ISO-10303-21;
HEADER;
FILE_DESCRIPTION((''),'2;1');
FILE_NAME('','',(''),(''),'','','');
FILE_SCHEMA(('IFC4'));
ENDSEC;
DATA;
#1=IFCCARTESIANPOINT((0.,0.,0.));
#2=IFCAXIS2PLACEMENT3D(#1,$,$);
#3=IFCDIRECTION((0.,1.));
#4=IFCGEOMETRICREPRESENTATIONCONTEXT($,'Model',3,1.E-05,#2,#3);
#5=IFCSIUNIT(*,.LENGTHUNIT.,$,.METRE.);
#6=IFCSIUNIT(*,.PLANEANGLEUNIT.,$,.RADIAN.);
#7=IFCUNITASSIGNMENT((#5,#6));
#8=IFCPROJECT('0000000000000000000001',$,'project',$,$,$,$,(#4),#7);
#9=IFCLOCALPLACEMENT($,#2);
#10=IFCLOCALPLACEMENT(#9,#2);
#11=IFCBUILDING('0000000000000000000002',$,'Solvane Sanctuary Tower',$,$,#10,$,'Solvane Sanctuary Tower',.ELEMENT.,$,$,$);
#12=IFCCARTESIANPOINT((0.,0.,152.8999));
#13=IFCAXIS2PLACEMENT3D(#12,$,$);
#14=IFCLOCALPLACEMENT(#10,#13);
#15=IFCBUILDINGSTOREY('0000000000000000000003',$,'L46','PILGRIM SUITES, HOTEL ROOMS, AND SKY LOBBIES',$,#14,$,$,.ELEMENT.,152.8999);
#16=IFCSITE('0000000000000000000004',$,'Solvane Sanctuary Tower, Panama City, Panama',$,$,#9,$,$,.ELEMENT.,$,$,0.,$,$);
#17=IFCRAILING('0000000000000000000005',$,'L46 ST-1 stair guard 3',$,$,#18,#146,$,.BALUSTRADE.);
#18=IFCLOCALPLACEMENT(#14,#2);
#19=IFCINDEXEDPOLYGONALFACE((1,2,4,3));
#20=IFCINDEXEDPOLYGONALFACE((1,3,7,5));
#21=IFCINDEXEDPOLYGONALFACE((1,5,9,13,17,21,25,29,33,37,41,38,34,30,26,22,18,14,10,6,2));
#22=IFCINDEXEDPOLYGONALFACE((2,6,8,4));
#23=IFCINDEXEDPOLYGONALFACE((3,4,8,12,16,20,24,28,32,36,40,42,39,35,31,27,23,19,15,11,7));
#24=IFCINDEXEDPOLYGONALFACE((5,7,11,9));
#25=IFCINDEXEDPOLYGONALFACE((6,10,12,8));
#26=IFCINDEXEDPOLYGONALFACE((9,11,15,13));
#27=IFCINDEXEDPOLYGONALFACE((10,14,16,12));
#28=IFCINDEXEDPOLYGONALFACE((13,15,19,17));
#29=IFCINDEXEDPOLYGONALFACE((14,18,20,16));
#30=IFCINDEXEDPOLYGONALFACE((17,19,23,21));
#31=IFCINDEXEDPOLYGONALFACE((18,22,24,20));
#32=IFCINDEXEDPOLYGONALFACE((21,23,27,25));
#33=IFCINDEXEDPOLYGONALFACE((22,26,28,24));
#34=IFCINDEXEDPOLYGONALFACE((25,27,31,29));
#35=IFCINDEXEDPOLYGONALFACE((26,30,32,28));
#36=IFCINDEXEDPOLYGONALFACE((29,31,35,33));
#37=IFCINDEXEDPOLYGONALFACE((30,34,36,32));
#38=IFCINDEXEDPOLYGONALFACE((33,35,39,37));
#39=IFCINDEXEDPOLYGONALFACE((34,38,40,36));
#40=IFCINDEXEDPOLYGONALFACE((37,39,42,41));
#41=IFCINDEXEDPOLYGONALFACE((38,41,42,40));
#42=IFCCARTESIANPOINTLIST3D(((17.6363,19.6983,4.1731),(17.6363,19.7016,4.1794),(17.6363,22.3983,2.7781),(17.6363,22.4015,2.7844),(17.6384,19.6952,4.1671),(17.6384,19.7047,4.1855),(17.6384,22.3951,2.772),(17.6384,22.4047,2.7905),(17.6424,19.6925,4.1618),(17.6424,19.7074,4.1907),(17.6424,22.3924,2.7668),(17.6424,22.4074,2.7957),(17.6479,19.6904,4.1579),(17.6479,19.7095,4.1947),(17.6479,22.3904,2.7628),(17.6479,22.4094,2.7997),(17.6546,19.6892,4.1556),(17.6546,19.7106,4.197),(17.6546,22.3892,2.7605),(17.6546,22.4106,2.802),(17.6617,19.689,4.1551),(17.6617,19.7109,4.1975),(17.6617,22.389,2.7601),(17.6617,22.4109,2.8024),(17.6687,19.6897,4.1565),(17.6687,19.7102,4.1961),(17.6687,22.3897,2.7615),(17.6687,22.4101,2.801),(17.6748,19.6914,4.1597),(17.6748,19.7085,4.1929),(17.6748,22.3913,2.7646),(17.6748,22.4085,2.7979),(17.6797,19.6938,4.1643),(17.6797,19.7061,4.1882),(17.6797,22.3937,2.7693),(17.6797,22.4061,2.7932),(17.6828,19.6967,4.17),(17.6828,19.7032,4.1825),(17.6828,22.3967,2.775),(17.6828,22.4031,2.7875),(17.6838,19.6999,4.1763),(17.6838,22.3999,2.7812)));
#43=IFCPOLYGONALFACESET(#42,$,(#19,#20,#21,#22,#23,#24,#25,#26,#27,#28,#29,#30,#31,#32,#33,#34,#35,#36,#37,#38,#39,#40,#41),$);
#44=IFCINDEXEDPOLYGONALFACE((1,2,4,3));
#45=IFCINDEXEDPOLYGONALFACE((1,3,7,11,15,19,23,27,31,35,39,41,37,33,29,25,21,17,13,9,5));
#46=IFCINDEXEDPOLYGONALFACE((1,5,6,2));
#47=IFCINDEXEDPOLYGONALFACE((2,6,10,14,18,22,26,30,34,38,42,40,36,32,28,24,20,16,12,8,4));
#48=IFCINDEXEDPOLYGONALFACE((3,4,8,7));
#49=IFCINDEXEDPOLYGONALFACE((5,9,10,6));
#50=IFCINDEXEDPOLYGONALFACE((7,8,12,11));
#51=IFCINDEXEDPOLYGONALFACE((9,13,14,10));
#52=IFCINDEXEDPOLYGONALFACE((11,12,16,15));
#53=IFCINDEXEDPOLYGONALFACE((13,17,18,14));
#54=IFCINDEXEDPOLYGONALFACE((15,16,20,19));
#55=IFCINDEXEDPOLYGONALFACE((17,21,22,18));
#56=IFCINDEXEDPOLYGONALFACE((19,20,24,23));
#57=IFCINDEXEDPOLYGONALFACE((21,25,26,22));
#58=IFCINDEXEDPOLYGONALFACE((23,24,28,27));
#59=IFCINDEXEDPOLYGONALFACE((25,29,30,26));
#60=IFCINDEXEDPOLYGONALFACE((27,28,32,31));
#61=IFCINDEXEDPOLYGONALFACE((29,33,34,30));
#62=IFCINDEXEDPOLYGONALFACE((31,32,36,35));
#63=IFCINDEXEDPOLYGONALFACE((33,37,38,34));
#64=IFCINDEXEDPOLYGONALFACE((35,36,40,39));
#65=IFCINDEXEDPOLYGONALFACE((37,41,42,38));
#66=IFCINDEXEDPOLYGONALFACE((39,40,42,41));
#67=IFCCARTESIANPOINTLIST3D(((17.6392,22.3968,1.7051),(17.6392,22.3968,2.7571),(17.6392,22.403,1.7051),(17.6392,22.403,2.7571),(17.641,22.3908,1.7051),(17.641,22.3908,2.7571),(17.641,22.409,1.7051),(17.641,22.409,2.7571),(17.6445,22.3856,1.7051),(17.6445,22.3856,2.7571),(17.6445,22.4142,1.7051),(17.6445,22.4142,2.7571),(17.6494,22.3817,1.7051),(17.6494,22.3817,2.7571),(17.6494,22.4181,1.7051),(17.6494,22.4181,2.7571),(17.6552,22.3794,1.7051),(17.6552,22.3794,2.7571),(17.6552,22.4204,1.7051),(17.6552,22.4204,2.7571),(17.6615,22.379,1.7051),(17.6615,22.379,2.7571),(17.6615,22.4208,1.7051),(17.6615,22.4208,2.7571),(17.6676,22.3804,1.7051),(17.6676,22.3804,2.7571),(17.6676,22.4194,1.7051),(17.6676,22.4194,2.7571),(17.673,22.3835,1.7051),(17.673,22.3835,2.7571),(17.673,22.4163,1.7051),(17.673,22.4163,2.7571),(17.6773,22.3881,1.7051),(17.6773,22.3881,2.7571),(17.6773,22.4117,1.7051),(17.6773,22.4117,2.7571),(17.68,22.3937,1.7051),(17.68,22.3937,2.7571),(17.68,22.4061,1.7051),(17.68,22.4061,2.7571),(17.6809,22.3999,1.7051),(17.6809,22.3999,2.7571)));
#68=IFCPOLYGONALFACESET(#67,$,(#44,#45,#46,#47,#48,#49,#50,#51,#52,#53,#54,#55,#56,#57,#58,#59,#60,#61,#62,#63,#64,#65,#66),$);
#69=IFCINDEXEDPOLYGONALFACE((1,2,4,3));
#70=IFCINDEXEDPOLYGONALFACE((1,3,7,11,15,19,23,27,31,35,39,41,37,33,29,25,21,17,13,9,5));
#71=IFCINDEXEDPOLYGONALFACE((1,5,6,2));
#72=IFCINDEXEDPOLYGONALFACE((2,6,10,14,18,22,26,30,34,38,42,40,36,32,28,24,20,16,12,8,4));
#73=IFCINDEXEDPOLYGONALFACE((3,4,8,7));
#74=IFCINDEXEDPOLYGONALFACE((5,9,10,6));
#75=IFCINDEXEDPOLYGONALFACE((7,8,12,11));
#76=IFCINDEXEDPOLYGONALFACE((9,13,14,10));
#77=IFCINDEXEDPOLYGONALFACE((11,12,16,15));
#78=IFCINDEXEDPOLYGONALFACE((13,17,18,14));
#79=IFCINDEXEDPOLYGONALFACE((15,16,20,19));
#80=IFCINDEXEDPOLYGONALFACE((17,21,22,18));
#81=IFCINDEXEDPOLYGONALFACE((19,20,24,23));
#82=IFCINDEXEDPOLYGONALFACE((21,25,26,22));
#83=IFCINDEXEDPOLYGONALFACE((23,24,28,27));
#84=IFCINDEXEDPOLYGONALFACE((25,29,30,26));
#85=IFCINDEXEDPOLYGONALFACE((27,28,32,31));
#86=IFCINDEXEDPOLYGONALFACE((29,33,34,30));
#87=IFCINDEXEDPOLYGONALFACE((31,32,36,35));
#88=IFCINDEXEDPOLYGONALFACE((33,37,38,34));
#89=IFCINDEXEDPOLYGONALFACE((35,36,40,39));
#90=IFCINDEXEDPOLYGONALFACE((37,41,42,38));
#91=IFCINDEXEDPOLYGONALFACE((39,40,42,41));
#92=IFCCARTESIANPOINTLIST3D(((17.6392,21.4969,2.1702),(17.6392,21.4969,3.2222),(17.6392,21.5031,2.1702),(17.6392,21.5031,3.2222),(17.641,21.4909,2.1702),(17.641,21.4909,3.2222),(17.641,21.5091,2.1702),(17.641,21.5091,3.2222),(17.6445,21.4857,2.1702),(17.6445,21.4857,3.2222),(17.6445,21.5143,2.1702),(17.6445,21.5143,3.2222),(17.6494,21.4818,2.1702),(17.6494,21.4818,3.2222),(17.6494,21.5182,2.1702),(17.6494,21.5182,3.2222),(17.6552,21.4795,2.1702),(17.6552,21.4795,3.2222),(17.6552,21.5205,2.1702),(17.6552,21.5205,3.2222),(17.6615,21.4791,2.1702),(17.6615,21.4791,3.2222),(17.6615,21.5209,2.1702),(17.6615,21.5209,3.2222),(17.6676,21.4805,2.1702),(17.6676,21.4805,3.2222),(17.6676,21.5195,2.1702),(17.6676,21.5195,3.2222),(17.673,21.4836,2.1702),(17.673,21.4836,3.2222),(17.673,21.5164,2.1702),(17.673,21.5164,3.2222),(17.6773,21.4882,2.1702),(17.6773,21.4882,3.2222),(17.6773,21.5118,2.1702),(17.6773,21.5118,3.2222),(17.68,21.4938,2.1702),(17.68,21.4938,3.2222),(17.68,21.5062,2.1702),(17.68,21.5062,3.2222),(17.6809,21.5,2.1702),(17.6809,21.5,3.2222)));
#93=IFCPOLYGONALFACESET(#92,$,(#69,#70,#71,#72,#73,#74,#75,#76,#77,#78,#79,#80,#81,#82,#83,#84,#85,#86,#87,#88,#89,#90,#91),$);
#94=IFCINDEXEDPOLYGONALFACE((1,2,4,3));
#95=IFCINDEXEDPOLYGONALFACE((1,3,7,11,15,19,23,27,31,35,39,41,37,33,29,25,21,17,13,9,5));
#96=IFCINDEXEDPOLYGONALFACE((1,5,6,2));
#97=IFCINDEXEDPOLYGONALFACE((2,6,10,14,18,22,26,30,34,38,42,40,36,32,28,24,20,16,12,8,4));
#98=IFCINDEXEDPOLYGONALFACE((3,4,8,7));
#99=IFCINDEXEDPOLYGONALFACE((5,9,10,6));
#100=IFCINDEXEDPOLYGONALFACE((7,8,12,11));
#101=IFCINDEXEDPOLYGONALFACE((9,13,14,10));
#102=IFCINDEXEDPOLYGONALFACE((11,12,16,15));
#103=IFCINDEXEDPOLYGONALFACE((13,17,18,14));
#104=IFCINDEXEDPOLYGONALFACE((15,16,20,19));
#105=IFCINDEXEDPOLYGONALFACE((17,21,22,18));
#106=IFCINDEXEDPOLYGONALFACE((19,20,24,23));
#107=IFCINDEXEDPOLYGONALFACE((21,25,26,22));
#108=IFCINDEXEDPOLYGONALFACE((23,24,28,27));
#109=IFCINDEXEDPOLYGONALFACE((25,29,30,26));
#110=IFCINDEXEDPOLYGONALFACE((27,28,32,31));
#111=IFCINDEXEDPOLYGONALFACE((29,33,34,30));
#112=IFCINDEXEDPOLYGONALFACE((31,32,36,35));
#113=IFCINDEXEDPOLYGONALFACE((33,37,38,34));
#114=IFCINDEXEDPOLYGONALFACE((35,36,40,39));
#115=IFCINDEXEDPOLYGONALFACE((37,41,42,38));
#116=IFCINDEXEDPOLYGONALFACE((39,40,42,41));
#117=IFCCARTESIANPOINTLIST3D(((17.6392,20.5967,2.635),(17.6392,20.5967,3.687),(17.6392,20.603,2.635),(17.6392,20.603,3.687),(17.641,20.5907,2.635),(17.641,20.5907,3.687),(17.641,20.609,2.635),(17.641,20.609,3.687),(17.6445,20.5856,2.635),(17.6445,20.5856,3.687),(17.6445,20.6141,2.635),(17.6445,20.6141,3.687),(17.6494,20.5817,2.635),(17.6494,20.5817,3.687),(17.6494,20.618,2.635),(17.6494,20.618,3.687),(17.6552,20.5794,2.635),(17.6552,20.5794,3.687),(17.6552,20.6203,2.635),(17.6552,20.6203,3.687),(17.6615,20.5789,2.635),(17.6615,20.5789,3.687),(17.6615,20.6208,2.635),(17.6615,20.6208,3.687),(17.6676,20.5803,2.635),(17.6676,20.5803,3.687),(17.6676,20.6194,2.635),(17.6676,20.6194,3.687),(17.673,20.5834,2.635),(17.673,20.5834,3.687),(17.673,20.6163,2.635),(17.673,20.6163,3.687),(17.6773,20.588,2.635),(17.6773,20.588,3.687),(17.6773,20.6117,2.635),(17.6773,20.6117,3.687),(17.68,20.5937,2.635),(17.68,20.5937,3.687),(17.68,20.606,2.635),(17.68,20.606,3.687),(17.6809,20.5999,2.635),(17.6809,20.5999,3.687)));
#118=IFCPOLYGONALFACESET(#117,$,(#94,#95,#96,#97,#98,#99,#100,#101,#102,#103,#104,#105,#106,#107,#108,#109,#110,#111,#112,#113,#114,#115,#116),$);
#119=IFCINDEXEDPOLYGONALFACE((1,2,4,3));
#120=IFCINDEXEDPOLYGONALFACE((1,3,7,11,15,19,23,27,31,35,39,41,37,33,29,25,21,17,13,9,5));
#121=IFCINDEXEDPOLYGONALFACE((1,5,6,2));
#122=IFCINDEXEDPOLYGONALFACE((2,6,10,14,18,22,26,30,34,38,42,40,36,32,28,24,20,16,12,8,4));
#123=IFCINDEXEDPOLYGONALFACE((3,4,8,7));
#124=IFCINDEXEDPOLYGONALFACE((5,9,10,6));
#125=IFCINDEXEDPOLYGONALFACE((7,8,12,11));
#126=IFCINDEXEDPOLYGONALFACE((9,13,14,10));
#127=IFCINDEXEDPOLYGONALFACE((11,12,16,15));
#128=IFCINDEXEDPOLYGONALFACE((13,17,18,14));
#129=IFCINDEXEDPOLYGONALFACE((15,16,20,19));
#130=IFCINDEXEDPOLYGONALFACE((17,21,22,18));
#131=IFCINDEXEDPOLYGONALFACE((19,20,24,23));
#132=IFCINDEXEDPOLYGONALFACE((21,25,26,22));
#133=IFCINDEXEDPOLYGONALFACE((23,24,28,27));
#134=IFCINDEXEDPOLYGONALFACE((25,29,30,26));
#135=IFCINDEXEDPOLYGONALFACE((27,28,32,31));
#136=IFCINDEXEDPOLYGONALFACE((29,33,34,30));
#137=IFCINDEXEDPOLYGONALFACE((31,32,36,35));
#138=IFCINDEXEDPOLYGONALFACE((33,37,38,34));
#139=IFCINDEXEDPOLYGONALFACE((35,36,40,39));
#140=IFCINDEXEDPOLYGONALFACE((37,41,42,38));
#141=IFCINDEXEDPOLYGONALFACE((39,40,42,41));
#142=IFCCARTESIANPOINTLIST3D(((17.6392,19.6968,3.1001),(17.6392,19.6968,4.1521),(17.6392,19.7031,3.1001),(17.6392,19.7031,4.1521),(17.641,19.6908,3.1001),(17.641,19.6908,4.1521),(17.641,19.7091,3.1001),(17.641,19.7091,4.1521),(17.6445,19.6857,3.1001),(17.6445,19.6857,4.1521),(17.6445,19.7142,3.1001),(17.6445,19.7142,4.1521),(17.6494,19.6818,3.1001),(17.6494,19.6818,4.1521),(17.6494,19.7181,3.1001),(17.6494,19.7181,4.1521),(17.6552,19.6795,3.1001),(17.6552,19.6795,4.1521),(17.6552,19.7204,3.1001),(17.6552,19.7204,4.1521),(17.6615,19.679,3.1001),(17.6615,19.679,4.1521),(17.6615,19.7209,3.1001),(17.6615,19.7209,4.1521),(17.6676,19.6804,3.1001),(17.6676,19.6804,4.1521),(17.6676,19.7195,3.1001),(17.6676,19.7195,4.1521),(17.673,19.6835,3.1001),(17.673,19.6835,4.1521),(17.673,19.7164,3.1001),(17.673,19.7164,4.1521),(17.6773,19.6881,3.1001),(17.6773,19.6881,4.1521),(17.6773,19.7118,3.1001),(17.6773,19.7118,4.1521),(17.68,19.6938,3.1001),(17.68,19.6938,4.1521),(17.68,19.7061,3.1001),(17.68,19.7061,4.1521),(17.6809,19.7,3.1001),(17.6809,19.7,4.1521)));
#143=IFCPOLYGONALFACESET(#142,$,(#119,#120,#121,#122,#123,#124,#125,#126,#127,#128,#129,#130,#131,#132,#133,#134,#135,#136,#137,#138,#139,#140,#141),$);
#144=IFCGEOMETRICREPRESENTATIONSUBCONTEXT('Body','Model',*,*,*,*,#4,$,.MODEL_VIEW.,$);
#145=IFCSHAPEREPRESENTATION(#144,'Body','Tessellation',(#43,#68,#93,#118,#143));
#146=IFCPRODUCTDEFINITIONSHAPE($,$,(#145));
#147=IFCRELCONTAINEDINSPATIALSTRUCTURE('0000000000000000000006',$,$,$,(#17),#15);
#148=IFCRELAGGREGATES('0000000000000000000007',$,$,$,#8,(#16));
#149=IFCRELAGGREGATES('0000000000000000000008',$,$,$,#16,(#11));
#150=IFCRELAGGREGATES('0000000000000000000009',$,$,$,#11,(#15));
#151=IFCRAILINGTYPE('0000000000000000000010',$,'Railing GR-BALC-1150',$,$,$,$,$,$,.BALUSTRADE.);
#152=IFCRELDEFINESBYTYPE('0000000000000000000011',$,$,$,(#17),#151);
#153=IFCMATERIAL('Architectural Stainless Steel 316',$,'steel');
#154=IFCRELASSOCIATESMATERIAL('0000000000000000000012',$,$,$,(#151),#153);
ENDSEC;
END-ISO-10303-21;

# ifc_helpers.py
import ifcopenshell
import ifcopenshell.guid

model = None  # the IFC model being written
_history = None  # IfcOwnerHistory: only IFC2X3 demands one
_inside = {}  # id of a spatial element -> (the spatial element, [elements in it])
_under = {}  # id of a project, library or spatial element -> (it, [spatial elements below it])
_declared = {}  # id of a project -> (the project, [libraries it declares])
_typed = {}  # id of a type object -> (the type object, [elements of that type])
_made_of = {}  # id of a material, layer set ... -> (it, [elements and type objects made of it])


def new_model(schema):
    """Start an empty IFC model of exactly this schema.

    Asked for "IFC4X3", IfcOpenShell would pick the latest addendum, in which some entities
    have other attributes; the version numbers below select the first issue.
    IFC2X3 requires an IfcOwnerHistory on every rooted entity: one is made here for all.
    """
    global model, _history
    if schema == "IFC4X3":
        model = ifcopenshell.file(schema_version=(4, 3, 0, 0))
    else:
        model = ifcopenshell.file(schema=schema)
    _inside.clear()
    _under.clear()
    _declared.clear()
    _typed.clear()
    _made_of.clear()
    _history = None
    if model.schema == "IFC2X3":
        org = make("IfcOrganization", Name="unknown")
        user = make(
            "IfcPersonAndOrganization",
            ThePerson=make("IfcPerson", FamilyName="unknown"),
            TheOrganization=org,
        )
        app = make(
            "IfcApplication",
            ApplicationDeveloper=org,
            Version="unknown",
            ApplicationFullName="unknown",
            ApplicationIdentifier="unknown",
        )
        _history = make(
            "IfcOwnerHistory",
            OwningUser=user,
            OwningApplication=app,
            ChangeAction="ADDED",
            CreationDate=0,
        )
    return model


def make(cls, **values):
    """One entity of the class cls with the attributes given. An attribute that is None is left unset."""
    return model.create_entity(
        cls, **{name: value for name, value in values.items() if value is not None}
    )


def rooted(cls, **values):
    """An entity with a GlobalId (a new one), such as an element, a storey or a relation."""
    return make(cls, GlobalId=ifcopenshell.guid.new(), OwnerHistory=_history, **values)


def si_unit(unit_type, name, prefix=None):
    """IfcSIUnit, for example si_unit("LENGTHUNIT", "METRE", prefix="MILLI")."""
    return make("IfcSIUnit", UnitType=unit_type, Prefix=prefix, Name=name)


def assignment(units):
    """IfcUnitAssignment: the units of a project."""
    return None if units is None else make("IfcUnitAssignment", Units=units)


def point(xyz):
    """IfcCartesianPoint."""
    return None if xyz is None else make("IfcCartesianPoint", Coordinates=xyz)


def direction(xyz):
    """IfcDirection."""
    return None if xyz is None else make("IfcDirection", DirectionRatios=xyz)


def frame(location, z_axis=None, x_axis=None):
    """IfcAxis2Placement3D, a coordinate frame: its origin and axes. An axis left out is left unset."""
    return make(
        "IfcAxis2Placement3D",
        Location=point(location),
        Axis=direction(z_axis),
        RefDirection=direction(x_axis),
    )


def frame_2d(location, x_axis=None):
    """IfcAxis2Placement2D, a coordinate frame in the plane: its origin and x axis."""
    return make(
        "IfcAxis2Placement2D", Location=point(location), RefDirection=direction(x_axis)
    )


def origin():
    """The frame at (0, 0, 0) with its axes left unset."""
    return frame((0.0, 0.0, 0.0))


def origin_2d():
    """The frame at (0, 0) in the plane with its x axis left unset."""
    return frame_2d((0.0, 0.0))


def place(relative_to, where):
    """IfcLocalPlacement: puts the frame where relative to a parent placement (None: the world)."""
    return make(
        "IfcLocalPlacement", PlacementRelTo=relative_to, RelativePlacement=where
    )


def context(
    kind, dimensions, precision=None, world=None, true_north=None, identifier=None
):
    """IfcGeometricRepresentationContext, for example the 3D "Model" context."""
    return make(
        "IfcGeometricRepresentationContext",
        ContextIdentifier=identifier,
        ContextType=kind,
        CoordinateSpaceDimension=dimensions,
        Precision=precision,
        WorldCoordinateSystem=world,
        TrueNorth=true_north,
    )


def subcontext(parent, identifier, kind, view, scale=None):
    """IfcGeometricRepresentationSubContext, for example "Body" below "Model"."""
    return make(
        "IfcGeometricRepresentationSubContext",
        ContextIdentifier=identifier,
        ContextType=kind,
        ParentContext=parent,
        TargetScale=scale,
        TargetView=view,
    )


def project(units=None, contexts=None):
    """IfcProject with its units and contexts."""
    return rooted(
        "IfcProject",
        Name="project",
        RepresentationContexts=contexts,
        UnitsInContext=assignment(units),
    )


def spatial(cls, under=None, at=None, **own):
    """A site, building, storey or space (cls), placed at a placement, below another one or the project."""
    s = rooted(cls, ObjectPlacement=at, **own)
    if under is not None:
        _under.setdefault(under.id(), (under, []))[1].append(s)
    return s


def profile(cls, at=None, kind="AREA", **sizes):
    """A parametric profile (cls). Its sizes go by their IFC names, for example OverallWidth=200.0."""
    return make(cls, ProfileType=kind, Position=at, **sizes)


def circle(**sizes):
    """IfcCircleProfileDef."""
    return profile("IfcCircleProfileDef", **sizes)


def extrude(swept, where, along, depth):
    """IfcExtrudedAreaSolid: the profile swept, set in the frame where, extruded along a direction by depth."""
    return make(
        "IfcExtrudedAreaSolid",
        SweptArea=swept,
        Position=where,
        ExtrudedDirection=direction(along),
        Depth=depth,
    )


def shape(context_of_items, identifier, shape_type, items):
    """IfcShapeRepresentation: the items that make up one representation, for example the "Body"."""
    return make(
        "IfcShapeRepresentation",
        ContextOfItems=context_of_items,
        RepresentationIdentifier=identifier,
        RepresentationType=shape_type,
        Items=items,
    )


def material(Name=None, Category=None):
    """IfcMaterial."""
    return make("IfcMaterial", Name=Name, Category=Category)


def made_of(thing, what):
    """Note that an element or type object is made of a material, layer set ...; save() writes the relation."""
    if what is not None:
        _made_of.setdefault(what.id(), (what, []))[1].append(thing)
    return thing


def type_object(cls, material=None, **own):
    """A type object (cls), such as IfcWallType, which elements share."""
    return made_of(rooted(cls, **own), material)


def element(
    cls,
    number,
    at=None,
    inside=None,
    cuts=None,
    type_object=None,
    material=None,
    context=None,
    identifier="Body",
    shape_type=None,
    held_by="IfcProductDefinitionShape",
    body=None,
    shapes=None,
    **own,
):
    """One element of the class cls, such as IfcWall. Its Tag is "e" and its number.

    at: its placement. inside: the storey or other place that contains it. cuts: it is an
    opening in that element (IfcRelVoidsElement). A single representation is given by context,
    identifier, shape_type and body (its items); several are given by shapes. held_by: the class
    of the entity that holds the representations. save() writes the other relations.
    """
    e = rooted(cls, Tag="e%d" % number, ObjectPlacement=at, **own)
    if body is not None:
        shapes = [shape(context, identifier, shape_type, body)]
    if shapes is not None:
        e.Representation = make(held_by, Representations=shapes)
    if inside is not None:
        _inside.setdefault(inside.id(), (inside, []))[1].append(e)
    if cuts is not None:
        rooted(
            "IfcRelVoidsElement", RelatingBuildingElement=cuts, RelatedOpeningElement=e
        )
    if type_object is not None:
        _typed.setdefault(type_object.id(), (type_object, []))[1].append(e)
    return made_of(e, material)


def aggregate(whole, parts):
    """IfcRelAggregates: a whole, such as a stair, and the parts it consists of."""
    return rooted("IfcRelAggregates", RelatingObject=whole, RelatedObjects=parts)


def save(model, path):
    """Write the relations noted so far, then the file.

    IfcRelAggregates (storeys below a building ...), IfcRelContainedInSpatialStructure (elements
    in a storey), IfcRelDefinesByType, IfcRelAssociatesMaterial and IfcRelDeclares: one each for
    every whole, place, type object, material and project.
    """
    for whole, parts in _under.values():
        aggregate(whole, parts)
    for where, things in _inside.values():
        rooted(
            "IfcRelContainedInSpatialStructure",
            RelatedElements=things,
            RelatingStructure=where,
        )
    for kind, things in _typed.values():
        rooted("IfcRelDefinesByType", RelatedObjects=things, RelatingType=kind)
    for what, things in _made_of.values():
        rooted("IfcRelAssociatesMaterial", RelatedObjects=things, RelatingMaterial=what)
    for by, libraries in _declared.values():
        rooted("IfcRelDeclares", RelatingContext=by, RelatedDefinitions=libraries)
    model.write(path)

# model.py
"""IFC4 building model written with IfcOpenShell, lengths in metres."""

from ifc_helpers import new_model, si_unit, direction, frame, origin, origin_2d, place, context, subcontext, project, spatial, circle, extrude, material, type_object, element, save


model = new_model("IFC4")

# Units and contexts
model_context = context("Model", 3, precision=1e-05, world=origin(), true_north=direction((0.0, 1.0)))
body_context = subcontext(model_context, "Body", "Model", "MODEL_VIEW")
ifc_project = project(units=[si_unit("LENGTHUNIT", "METRE"), si_unit("PLANEANGLEUNIT", "RADIAN")], contexts=[model_context])

# Site, building, storey
site_placement = place(None, origin())
site = spatial("IfcSite", under=ifc_project, at=site_placement, Name="Solvane Sanctuary Tower, Panama City, Panama", CompositionType="ELEMENT", RefElevation=0.0)
building_placement = place(site_placement, origin())
building = spatial("IfcBuilding", under=site, at=building_placement, Name="Solvane Sanctuary Tower", LongName="Solvane Sanctuary Tower", CompositionType="ELEMENT")
storey_placement = place(building_placement, frame((0.0, 0.0, 152.8999)))
storey = spatial("IfcBuildingStorey", under=building, at=storey_placement, Name="L46", Description="PILGRIM SUITES, HOTEL ROOMS, AND SKY LOBBIES", CompositionType="ELEMENT", Elevation=152.8999)

# Shared definitions
ifc_material_1 = material(Name="Architectural Stainless Steel 316", Category="steel")

# Railing
railing_type_1 = type_object("IfcRailingType", Name="Railing GR-BALC-1150", PredefinedType="BALUSTRADE", material=ifc_material_1)
railing_1_placement = place(storey_placement, frame((17.6599, 22.3999, 1.7051)))
element("IfcRailing", 1, at=railing_1_placement, inside=storey, type_object=railing_type_1, Name="L46 ST-1 stair guard 3", PredefinedType="BALUSTRADE", context=body_context, shape_type="SweptSolid", body=[
    extrude(circle(Radius=0.0239, at=origin_2d()), frame((0.0, 0.0, 1.0762), z_axis=(0.0, -0.88842, 0.459032), x_axis=(1.0, 0.0, 0.0)), (0.0, 0.0, 1.0), 3.0391),
    extrude(circle(Radius=0.021, at=origin_2d()), origin(), (0.0, 0.0, 1.0), 1.052),
    extrude(circle(Radius=0.021, at=origin_2d()), frame((0.0, -0.8999, 0.4651)), (0.0, 0.0, 1.0), 1.052),
    extrude(circle(Radius=0.021, at=origin_2d()), frame((0.0, -1.8, 0.9299)), (0.0, 0.0, 1.0), 1.052),
    extrude(circle(Radius=0.021, at=origin_2d()), frame((0.0, -2.7, 1.395)), (0.0, 0.0, 1.0), 1.052),
])

save(model, "model.ifc")
